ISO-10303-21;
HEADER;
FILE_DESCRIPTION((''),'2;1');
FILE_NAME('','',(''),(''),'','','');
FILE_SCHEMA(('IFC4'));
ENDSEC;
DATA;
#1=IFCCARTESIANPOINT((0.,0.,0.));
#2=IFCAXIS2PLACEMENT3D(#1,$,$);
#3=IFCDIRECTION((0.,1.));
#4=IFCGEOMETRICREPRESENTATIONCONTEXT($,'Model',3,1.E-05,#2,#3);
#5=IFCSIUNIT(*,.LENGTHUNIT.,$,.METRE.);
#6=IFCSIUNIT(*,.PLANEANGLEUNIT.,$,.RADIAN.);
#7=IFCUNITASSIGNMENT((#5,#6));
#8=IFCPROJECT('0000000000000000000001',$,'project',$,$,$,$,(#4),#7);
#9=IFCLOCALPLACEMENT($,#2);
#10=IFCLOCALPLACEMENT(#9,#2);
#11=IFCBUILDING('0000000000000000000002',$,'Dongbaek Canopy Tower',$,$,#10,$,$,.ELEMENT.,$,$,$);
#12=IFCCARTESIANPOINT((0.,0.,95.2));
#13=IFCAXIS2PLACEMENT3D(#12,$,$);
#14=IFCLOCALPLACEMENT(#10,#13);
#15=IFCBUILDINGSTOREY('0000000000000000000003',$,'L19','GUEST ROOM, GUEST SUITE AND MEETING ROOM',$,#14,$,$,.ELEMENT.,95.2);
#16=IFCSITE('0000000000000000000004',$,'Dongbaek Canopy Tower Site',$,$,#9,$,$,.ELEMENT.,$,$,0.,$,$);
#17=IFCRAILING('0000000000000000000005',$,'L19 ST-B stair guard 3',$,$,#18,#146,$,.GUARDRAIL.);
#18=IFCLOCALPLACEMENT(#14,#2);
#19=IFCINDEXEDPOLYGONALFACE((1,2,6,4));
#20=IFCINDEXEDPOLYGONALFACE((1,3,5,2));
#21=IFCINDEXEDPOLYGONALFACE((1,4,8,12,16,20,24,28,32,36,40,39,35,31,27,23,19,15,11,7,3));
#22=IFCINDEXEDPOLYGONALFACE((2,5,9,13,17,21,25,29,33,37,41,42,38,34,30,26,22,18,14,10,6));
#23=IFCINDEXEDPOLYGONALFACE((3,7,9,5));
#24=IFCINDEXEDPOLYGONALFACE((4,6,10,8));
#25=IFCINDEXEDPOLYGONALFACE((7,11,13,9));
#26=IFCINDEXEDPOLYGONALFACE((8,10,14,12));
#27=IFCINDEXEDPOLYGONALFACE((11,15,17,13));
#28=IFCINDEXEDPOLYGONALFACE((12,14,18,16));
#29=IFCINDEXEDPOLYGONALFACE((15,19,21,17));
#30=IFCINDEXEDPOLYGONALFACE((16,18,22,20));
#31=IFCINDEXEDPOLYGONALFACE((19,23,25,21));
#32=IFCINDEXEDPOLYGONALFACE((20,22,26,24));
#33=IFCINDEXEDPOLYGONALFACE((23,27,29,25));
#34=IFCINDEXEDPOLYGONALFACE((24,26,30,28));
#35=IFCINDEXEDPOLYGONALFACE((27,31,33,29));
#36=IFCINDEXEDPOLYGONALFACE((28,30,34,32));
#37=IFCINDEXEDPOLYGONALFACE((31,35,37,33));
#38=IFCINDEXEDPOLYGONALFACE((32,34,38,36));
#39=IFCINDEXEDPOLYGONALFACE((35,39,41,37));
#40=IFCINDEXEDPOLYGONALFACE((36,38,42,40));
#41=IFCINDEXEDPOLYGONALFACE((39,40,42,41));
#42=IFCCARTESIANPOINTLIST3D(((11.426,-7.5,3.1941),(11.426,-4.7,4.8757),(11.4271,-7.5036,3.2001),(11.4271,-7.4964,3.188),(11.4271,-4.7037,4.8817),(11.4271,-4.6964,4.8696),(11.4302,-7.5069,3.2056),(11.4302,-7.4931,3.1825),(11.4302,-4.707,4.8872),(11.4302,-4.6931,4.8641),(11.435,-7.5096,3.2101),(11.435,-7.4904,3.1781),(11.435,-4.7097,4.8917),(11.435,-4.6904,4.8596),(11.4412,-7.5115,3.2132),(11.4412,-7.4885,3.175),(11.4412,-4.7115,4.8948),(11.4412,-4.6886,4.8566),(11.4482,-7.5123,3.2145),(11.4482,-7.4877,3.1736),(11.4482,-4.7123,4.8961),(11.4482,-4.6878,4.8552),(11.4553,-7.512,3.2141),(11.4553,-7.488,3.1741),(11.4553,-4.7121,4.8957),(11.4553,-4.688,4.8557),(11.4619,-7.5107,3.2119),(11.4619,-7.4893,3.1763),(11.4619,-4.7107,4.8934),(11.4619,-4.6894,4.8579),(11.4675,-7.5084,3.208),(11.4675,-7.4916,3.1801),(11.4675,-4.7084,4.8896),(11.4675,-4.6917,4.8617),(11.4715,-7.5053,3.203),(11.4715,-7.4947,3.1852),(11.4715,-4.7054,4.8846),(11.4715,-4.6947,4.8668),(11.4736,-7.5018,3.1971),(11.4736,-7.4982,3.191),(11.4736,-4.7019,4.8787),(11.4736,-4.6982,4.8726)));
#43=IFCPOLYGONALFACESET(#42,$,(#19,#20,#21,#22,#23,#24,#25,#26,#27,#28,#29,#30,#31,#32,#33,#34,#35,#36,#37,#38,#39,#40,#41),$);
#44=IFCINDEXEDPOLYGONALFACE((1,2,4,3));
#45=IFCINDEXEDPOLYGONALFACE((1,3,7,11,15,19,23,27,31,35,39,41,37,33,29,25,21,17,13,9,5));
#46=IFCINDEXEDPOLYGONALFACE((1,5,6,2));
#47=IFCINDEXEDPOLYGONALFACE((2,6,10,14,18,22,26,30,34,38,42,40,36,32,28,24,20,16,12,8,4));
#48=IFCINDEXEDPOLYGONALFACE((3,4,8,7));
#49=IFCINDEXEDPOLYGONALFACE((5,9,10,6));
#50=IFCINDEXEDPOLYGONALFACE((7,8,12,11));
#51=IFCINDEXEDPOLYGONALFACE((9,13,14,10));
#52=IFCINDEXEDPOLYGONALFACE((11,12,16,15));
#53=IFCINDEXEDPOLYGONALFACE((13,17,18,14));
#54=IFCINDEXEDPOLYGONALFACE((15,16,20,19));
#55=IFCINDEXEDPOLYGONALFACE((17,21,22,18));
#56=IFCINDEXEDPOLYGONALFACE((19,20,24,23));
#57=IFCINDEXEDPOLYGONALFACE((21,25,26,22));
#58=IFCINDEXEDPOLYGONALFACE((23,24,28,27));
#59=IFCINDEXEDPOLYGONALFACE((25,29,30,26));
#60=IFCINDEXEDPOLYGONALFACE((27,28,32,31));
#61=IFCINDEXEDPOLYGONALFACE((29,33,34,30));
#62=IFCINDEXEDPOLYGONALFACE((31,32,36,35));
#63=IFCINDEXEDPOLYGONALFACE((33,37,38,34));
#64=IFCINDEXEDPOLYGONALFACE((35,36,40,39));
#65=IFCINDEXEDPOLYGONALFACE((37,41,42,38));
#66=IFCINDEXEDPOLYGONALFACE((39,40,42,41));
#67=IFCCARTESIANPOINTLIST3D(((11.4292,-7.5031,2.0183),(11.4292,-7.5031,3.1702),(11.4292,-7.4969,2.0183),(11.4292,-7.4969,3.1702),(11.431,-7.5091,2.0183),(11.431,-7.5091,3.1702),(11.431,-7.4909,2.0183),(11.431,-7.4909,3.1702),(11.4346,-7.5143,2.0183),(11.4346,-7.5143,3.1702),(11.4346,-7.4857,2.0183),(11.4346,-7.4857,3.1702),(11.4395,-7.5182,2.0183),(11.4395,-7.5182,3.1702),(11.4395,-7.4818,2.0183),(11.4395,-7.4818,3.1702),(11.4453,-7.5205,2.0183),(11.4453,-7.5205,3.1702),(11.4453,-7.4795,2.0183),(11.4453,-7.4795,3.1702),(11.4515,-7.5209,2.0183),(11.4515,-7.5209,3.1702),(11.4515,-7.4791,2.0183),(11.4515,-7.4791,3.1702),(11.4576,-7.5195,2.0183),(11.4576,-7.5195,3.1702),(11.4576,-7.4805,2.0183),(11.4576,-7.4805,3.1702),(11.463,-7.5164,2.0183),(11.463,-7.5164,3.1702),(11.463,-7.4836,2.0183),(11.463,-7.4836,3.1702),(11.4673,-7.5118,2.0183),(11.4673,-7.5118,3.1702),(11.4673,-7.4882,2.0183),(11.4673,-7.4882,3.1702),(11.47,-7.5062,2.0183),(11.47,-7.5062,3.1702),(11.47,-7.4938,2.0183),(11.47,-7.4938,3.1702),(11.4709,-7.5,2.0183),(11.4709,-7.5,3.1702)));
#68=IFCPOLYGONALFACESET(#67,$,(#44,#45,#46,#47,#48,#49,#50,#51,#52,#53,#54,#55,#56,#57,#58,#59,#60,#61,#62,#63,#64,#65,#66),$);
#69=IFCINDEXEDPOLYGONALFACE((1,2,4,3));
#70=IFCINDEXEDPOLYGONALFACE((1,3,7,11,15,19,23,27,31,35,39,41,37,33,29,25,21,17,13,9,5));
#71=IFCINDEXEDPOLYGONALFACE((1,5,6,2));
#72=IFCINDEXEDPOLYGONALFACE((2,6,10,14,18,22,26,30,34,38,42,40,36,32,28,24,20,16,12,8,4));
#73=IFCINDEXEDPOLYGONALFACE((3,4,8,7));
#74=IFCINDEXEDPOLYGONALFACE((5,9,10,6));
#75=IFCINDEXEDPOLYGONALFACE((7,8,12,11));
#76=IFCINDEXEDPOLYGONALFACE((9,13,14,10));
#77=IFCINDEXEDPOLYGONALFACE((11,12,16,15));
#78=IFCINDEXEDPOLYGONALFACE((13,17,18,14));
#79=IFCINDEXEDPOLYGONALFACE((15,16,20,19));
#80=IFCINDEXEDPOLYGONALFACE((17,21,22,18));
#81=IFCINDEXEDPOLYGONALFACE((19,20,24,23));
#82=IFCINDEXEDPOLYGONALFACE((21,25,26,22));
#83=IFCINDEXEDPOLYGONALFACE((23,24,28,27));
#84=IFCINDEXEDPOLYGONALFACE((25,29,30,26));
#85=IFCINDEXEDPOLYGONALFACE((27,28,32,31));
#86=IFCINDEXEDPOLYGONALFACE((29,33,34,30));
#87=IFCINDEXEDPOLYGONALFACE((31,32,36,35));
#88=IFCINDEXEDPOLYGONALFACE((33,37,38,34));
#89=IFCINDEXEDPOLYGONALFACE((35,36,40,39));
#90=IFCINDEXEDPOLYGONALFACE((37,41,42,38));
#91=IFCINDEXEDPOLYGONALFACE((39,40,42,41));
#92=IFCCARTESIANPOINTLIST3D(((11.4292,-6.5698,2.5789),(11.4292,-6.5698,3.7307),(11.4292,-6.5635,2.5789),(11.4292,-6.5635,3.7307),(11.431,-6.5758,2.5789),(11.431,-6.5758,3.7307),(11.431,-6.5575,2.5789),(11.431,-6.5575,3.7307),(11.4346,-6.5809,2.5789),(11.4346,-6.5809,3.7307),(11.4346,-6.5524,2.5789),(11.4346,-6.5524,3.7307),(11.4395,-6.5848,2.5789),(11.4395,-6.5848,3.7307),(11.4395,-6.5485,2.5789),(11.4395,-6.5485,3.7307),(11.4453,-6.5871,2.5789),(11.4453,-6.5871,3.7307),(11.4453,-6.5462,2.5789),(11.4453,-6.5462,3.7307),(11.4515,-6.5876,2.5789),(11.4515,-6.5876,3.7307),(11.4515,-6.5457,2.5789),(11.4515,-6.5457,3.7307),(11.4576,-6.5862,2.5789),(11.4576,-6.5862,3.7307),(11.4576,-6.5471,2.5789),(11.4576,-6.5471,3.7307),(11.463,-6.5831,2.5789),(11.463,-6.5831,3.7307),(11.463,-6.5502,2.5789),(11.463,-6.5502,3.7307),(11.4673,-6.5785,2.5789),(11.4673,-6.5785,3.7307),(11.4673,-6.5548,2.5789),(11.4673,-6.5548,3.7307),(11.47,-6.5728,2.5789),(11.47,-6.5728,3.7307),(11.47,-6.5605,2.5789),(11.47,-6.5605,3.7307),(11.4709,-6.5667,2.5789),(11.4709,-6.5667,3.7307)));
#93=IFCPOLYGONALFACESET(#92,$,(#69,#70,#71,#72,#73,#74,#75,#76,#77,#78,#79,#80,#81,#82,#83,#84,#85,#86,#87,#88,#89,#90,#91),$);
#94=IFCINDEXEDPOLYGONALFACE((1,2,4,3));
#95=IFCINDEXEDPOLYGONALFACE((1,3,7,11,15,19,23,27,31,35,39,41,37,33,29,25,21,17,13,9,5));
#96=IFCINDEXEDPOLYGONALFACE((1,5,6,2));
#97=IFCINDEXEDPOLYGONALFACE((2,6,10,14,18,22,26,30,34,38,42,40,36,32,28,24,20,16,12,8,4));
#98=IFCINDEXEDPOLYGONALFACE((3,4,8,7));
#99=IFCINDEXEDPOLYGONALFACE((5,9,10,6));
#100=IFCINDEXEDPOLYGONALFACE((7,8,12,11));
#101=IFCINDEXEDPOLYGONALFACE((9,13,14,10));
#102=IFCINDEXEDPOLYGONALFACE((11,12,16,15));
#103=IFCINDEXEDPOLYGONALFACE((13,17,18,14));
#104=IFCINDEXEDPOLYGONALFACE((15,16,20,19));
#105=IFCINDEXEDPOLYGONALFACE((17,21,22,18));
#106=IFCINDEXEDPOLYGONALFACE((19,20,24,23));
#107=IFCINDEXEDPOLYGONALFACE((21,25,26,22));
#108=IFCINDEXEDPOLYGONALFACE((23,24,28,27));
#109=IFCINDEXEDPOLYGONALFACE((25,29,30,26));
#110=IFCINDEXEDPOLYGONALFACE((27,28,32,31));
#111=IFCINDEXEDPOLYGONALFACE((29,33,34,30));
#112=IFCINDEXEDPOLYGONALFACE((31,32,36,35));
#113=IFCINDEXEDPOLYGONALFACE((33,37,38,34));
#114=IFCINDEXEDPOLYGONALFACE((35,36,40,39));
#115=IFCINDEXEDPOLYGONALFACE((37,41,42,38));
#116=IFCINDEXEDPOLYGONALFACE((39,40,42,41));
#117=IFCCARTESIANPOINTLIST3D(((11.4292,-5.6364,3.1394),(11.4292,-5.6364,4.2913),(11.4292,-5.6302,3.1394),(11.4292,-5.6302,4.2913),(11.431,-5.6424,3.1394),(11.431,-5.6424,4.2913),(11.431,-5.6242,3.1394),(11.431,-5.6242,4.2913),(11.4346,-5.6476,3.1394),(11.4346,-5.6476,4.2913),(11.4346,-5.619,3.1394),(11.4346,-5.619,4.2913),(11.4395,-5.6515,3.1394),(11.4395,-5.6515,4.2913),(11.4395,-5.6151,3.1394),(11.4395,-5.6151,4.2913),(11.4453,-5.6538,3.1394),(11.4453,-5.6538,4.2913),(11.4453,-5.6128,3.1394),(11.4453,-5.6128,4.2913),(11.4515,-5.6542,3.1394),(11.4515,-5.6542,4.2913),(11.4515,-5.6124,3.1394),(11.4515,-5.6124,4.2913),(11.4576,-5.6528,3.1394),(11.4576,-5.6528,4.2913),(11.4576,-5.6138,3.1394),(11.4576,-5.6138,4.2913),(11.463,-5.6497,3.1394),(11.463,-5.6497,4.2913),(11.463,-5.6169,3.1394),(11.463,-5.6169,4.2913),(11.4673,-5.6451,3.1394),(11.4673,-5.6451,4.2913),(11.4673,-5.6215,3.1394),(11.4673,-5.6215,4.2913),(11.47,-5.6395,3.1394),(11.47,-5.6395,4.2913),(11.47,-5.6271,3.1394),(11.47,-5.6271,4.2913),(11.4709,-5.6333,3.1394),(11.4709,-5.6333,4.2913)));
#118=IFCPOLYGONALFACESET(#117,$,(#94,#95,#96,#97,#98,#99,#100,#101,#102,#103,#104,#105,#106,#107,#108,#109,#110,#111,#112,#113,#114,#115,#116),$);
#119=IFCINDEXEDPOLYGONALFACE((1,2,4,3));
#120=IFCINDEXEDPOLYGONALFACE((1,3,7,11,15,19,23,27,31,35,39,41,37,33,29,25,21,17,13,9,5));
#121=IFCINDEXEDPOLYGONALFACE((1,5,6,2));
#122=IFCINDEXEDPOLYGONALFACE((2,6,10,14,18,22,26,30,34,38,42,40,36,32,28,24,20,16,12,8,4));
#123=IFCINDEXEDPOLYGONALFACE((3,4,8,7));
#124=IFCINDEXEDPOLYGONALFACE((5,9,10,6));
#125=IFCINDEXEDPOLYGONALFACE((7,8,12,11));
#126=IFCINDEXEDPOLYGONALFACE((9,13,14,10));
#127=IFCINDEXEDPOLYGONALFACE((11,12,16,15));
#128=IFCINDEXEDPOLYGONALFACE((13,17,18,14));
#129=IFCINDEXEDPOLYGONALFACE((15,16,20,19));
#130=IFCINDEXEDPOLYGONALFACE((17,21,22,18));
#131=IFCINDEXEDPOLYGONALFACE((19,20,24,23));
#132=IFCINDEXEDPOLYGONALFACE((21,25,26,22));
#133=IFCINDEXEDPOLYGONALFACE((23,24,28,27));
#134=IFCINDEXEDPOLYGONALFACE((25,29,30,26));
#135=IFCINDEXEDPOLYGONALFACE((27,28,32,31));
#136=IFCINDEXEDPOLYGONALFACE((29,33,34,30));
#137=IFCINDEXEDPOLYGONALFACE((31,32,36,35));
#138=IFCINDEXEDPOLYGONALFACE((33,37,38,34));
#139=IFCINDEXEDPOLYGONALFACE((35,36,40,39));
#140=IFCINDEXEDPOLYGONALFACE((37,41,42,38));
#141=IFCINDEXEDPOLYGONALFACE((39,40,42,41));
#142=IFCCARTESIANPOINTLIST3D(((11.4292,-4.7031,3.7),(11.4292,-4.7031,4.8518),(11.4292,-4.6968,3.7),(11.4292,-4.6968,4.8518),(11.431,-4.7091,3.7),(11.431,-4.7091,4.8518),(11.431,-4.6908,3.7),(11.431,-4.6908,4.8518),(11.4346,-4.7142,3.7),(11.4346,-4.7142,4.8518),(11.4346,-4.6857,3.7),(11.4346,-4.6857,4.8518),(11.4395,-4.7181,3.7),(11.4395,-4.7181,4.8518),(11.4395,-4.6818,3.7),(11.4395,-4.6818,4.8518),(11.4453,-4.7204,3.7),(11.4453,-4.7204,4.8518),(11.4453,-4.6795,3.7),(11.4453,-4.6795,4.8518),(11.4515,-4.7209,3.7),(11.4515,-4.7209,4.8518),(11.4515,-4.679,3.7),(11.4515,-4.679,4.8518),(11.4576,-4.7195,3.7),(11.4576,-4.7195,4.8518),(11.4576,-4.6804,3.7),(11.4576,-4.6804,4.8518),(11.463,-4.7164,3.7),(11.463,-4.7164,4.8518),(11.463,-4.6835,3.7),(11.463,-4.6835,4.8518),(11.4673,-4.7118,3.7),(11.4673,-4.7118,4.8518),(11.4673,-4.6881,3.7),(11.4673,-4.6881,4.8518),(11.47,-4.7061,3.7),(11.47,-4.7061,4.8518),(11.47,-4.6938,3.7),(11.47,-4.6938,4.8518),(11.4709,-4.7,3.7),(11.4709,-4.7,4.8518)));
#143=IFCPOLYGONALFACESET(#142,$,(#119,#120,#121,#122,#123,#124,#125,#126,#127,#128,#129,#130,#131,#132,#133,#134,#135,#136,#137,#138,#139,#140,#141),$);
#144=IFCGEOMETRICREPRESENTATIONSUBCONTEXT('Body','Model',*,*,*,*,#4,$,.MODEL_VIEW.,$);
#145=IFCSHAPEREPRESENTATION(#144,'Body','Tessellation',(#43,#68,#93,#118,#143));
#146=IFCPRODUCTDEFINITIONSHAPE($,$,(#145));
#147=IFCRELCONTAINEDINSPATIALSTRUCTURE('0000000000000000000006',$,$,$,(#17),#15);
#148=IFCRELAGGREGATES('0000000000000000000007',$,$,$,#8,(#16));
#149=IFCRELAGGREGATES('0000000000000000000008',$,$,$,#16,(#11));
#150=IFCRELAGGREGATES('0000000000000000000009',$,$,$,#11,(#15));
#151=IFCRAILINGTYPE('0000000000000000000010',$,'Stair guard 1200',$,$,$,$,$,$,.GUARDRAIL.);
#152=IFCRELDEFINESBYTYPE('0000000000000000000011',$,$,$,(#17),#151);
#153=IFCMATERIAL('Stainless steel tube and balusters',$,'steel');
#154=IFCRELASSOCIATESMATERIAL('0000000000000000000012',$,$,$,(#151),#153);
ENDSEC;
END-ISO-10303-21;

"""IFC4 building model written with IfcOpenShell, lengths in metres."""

from ifc_helpers import new_model, si_unit, direction, frame, origin, origin_2d, place, context, subcontext, project, spatial, circle, extrude, material, type_object, element, save


model = new_model("IFC4")

# Units and contexts
model_context = context("Model", 3, precision=1e-05, world=origin(), true_north=direction((0.0, 1.0)))
body_context = subcontext(model_context, "Body", "Model", "MODEL_VIEW")
ifc_project = project(units=[si_unit("LENGTHUNIT", "METRE"), si_unit("PLANEANGLEUNIT", "RADIAN")], contexts=[model_context])

# Site, building, storey
site_placement = place(None, origin())
site = spatial("IfcSite", under=ifc_project, at=site_placement, Name="Dongbaek Canopy Tower Site", CompositionType="ELEMENT", RefElevation=0.0)
building_placement = place(site_placement, origin())
building = spatial("IfcBuilding", under=site, at=building_placement, Name="Dongbaek Canopy Tower", CompositionType="ELEMENT")
storey_placement = place(building_placement, frame((0.0, 0.0, 95.2)))
storey = spatial("IfcBuildingStorey", under=building, at=storey_placement, Name="L19", Description="GUEST ROOM, GUEST SUITE AND MEETING ROOM", CompositionType="ELEMENT", Elevation=95.2)

# Railing
ifc_material_1 = material(Name="Stainless steel tube and balusters", Category="steel")
railing_type_1 = type_object("IfcRailingType", Name="Stair guard 1200", PredefinedType="GUARDRAIL", material=ifc_material_1)
railing_1_placement = place(storey_placement, frame((11.45, -7.5, 2.0183)))
element("IfcRailing", 1, at=railing_1_placement, inside=storey, type_object=railing_type_1, Name="L19 ST-B stair guard 3", PredefinedType="GUARDRAIL", context=body_context, shape_type="SweptSolid", body=[
    extrude(circle(Radius=0.0239, at=origin_2d()), frame((0.0, 0.0, 1.1758), z_axis=(0.0, 0.857275, 0.514858), x_axis=(-1.0, 0.0, 0.0)), (0.0, 0.0, 1.0), 3.2661),
    extrude(circle(Radius=0.021, at=origin_2d()), origin(), (0.0, 0.0, 1.0), 1.1519),
    extrude(circle(Radius=0.021, at=origin_2d()), frame((0.0, 0.9333, 0.5605)), (0.0, 0.0, 1.0), 1.1519),
    extrude(circle(Radius=0.021, at=origin_2d()), frame((0.0, 1.8667, 1.1211)), (0.0, 0.0, 1.0), 1.1519),
    extrude(circle(Radius=0.021, at=origin_2d()), frame((0.0, 2.8, 1.6816)), (0.0, 0.0, 1.0), 1.1519),
])

save(model, "model.ifc")
